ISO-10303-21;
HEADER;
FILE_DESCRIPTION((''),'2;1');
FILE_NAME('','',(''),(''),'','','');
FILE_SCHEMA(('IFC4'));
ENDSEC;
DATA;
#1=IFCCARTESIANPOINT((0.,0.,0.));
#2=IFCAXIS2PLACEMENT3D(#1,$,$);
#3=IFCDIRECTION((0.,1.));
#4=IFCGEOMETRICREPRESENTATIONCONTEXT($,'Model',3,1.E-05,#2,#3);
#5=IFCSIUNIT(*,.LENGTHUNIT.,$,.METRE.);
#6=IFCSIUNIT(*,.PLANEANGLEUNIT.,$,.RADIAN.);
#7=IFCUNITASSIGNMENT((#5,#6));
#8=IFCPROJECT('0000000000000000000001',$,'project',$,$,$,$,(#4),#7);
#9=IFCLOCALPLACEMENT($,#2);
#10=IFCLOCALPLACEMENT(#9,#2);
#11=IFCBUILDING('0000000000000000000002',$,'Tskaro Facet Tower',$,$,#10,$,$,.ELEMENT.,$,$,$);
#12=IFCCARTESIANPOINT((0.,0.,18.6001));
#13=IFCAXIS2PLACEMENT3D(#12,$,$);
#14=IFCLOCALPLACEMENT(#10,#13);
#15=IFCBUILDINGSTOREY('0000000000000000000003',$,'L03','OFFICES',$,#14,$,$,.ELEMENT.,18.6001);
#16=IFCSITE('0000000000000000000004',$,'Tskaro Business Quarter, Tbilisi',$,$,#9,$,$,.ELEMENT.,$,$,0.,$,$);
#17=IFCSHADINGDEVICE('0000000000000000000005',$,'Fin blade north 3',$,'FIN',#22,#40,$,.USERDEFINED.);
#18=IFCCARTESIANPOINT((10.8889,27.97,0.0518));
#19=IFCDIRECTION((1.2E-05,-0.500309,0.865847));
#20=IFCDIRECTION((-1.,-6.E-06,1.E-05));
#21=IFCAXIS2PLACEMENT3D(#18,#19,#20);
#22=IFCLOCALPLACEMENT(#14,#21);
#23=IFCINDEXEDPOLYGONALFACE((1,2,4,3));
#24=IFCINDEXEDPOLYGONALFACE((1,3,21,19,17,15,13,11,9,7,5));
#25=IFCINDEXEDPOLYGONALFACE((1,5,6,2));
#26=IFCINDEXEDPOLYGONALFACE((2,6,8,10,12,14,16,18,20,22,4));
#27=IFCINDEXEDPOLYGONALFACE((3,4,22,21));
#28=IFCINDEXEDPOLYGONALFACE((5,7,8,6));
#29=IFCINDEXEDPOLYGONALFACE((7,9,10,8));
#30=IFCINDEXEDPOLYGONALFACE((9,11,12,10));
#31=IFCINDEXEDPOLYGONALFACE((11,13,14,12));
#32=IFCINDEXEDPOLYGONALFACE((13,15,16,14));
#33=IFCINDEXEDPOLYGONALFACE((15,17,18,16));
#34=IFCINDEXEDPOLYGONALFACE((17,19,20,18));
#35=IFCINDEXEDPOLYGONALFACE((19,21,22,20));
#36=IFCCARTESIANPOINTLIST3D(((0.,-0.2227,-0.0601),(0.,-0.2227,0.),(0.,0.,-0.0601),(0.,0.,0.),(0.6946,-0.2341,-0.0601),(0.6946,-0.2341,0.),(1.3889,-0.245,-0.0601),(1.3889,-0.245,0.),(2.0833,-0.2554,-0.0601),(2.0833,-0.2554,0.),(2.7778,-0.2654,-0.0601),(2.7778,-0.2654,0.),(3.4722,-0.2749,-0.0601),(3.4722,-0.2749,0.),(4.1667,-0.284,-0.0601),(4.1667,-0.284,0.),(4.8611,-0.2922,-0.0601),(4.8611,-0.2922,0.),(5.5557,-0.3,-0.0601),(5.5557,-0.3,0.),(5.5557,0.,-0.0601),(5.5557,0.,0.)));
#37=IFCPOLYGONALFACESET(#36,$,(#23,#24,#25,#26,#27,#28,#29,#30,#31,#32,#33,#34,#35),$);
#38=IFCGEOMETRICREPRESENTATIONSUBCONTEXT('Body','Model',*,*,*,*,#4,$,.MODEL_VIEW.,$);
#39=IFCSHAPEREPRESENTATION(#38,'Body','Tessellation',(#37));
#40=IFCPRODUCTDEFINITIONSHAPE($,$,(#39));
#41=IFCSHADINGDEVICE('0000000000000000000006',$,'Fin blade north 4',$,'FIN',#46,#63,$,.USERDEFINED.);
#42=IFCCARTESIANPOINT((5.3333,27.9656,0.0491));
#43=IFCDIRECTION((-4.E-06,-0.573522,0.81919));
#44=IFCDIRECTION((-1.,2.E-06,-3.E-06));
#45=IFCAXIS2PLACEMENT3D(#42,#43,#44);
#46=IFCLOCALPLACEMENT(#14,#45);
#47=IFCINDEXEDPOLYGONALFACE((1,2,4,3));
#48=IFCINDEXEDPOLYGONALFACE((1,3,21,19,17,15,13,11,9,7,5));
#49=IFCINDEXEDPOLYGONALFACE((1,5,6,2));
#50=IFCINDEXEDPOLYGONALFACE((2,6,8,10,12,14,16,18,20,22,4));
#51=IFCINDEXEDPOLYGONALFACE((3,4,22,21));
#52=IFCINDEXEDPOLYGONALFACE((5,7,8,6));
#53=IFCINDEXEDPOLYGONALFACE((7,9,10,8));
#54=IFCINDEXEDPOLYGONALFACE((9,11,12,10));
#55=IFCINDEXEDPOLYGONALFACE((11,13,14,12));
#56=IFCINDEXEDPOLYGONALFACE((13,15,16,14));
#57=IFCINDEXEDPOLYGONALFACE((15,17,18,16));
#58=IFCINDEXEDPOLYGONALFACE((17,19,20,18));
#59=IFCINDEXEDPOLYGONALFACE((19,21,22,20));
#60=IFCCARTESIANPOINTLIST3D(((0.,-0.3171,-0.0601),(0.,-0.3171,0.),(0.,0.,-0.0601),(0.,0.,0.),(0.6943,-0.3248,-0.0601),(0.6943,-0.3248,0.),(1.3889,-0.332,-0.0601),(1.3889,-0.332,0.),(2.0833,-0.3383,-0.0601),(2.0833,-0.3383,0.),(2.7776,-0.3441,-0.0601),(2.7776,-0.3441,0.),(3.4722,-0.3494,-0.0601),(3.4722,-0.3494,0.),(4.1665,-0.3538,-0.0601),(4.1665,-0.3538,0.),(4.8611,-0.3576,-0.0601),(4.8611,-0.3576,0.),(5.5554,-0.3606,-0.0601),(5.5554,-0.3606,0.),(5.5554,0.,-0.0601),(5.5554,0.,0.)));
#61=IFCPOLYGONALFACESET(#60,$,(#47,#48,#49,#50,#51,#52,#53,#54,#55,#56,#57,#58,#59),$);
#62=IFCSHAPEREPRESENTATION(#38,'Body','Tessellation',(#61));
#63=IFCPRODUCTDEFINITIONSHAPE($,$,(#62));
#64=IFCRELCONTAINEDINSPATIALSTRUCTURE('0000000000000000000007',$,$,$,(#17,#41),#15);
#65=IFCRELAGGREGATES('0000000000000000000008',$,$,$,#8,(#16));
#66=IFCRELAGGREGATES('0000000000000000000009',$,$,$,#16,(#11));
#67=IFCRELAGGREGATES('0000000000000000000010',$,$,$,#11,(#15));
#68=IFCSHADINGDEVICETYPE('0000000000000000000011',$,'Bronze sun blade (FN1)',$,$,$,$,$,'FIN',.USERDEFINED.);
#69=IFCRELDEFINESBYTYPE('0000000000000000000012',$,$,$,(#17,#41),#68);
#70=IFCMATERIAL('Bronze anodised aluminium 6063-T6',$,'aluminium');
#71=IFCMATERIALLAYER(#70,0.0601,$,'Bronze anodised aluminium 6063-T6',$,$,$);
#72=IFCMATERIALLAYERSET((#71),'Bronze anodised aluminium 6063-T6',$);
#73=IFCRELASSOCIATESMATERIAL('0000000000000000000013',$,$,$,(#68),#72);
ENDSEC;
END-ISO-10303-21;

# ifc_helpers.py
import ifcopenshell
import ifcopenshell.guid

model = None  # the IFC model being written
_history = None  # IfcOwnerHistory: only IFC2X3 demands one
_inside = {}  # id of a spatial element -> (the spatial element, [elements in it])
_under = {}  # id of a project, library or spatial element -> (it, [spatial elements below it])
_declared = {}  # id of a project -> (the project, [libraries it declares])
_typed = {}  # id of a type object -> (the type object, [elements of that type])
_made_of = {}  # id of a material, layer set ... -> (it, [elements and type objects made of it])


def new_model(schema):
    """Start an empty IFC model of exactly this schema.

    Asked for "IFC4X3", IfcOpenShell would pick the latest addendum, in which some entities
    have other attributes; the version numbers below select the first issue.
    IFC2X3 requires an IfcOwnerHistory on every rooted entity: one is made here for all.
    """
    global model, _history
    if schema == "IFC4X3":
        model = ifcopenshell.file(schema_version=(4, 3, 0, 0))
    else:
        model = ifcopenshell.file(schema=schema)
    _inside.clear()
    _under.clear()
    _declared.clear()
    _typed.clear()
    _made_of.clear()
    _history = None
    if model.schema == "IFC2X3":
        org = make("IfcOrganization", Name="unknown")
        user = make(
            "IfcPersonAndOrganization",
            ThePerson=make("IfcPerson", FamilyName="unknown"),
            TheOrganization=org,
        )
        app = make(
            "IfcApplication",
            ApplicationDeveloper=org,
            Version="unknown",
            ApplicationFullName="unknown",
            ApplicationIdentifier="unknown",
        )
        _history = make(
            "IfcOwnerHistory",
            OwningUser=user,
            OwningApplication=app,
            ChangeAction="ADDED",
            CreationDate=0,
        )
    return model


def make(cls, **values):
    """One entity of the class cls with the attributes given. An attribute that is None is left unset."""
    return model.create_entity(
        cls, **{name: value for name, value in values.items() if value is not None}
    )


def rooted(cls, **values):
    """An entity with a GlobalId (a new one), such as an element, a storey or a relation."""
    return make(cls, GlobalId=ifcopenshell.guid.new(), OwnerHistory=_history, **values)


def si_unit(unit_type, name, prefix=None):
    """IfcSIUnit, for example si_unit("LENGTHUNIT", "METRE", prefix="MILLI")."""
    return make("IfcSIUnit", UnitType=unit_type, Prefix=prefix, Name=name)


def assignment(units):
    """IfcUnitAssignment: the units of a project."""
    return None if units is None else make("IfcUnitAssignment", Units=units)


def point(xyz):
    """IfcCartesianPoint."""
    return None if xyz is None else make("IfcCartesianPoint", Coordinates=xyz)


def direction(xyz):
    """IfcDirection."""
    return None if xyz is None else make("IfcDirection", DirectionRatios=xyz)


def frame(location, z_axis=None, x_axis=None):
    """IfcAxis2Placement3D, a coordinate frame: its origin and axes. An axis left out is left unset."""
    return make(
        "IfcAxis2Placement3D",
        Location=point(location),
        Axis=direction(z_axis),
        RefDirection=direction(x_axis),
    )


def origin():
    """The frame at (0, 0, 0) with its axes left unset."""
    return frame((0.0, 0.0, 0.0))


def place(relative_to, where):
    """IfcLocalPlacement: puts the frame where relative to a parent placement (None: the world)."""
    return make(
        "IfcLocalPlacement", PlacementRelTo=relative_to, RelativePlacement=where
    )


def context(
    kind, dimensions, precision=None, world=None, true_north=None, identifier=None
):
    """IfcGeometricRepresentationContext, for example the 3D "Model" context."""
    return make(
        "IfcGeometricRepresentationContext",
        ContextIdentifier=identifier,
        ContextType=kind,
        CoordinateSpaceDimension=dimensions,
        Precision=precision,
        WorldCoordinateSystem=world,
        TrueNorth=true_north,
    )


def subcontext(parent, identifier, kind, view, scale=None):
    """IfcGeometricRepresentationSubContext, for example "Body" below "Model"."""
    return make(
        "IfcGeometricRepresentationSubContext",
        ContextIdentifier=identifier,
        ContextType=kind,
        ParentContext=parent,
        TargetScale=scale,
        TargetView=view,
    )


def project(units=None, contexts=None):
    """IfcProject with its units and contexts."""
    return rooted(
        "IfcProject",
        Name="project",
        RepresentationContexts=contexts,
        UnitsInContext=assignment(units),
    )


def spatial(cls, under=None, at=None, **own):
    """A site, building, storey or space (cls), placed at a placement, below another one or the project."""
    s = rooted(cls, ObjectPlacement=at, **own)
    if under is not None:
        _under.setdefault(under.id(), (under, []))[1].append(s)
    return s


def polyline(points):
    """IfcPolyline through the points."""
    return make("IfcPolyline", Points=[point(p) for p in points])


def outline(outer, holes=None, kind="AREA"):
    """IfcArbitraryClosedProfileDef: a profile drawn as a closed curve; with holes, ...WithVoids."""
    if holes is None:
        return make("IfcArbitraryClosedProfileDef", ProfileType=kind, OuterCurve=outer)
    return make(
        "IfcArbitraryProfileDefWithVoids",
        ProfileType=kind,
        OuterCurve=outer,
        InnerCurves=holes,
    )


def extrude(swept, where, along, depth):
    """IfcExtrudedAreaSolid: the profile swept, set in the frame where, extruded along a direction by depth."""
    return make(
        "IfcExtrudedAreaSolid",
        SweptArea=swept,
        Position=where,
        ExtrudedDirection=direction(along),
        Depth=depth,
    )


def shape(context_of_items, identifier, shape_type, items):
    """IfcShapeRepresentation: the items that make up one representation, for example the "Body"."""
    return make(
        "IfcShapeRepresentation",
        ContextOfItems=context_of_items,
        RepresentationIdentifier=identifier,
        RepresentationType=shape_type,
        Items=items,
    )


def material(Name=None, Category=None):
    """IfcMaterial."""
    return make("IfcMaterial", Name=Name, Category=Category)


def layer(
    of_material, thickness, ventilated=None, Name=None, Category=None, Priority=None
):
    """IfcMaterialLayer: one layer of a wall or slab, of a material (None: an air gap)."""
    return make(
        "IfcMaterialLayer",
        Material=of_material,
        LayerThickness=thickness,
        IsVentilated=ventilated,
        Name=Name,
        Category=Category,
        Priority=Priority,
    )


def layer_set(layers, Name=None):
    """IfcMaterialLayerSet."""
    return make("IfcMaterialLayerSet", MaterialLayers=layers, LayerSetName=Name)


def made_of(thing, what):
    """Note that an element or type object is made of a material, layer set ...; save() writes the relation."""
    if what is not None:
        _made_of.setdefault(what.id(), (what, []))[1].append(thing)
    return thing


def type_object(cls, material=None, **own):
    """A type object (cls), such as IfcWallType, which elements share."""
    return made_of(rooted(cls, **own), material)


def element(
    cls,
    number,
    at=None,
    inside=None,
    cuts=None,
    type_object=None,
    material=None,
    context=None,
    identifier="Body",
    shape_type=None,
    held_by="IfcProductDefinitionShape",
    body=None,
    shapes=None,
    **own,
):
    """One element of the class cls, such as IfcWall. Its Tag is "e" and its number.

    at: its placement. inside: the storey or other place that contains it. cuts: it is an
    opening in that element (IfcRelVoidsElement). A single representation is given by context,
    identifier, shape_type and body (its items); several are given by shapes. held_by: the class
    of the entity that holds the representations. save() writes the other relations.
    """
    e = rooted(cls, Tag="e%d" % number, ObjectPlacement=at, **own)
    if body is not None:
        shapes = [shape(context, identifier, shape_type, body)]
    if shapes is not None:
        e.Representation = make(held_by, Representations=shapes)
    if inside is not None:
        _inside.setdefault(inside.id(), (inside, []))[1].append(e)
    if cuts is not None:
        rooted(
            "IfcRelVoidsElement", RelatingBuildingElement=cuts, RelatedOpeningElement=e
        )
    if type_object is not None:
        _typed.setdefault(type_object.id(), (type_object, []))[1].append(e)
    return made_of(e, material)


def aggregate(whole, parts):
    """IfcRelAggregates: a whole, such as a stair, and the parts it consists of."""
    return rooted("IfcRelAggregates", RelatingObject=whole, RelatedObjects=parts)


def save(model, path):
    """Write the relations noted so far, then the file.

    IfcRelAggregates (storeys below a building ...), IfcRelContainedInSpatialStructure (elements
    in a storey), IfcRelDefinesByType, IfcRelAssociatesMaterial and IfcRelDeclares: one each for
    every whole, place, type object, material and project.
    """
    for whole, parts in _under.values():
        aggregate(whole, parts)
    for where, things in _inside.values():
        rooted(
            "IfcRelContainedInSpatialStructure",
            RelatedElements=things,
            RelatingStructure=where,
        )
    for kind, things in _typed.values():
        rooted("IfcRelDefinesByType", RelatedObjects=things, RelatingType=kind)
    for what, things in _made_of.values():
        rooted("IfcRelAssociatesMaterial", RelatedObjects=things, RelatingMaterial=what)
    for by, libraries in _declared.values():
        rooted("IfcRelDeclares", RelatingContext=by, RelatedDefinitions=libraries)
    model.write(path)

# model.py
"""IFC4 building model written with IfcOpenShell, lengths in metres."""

from ifc_helpers import new_model, si_unit, direction, frame, origin, place, context, subcontext, project, spatial, polyline, outline, extrude, material, layer, layer_set, type_object, element, save


model = new_model("IFC4")

# Units and contexts
model_context = context("Model", 3, precision=1e-05, world=origin(), true_north=direction((0.0, 1.0)))
body_context = subcontext(model_context, "Body", "Model", "MODEL_VIEW")
ifc_project = project(units=[si_unit("LENGTHUNIT", "METRE"), si_unit("PLANEANGLEUNIT", "RADIAN")], contexts=[model_context])

# Site, building, storey
site_placement = place(None, origin())
site = spatial("IfcSite", under=ifc_project, at=site_placement, Name="Tskaro Business Quarter, Tbilisi", CompositionType="ELEMENT", RefElevation=0.0)
building_placement = place(site_placement, origin())
building = spatial("IfcBuilding", under=site, at=building_placement, Name="Tskaro Facet Tower", CompositionType="ELEMENT")
storey_placement = place(building_placement, frame((0.0, 0.0, 18.6001)))
storey = spatial("IfcBuildingStorey", under=building, at=storey_placement, Name="L03", Description="OFFICES", CompositionType="ELEMENT", Elevation=18.6001)

# Shared definitions
ifc_material_1 = material(Name="Bronze anodised aluminium 6063-T6", Category="aluminium")

# Shading devices
ifc_layer_1 = layer(ifc_material_1, 0.0601, Name="Bronze anodised aluminium 6063-T6")
ifc_layer_set_1 = layer_set([ifc_layer_1], Name="Bronze anodised aluminium 6063-T6")
shading_device_type = type_object("IfcShadingDeviceType", Name="Bronze sun blade (FN1)", ElementType="FIN", PredefinedType="USERDEFINED", material=ifc_layer_set_1)
shading_device_1_placement = place(storey_placement, frame((10.8889, 27.97, 0.0518), z_axis=(0.000012, -0.500309, 0.865847), x_axis=(-1.0, -0.000006, 0.00001)))
element("IfcShadingDevice", 1, at=shading_device_1_placement, inside=storey, type_object=shading_device_type, Name="Fin blade north 3", ObjectType="FIN", PredefinedType="USERDEFINED", context=body_context, shape_type="SweptSolid", body=[
    extrude(outline(polyline([(0.0, 0.0), (5.5557, 0.0), (5.5557, -0.3), (4.8611, -0.2922), (4.1667, -0.284), (3.4722, -0.2749), (2.7778, -0.2654), (2.0833, -0.2554), (1.3889, -0.245), (0.6946, -0.2341), (0.0, -0.2227), (0.0, 0.0)])), origin(), (0.0, 0.0, -1.0), 0.0601),
])
shading_device_2_placement = place(storey_placement, frame((5.3333, 27.9656, 0.0491), z_axis=(-0.000004, -0.573522, 0.81919), x_axis=(-1.0, 0.000002, -0.000003)))
element("IfcShadingDevice", 2, at=shading_device_2_placement, inside=storey, type_object=shading_device_type, Name="Fin blade north 4", ObjectType="FIN", PredefinedType="USERDEFINED", context=body_context, shape_type="SweptSolid", body=[
    extrude(outline(polyline([(0.0, 0.0), (5.5554, 0.0), (5.5554, -0.3606), (4.8611, -0.3576), (4.1665, -0.3538), (3.4722, -0.3494), (2.7776, -0.3441), (2.0833, -0.3383), (1.3889, -0.332), (0.6943, -0.3248), (0.0, -0.3171), (0.0, 0.0)])), origin(), (0.0, 0.0, -1.0), 0.0601),
])

save(model, "model.ifc")
